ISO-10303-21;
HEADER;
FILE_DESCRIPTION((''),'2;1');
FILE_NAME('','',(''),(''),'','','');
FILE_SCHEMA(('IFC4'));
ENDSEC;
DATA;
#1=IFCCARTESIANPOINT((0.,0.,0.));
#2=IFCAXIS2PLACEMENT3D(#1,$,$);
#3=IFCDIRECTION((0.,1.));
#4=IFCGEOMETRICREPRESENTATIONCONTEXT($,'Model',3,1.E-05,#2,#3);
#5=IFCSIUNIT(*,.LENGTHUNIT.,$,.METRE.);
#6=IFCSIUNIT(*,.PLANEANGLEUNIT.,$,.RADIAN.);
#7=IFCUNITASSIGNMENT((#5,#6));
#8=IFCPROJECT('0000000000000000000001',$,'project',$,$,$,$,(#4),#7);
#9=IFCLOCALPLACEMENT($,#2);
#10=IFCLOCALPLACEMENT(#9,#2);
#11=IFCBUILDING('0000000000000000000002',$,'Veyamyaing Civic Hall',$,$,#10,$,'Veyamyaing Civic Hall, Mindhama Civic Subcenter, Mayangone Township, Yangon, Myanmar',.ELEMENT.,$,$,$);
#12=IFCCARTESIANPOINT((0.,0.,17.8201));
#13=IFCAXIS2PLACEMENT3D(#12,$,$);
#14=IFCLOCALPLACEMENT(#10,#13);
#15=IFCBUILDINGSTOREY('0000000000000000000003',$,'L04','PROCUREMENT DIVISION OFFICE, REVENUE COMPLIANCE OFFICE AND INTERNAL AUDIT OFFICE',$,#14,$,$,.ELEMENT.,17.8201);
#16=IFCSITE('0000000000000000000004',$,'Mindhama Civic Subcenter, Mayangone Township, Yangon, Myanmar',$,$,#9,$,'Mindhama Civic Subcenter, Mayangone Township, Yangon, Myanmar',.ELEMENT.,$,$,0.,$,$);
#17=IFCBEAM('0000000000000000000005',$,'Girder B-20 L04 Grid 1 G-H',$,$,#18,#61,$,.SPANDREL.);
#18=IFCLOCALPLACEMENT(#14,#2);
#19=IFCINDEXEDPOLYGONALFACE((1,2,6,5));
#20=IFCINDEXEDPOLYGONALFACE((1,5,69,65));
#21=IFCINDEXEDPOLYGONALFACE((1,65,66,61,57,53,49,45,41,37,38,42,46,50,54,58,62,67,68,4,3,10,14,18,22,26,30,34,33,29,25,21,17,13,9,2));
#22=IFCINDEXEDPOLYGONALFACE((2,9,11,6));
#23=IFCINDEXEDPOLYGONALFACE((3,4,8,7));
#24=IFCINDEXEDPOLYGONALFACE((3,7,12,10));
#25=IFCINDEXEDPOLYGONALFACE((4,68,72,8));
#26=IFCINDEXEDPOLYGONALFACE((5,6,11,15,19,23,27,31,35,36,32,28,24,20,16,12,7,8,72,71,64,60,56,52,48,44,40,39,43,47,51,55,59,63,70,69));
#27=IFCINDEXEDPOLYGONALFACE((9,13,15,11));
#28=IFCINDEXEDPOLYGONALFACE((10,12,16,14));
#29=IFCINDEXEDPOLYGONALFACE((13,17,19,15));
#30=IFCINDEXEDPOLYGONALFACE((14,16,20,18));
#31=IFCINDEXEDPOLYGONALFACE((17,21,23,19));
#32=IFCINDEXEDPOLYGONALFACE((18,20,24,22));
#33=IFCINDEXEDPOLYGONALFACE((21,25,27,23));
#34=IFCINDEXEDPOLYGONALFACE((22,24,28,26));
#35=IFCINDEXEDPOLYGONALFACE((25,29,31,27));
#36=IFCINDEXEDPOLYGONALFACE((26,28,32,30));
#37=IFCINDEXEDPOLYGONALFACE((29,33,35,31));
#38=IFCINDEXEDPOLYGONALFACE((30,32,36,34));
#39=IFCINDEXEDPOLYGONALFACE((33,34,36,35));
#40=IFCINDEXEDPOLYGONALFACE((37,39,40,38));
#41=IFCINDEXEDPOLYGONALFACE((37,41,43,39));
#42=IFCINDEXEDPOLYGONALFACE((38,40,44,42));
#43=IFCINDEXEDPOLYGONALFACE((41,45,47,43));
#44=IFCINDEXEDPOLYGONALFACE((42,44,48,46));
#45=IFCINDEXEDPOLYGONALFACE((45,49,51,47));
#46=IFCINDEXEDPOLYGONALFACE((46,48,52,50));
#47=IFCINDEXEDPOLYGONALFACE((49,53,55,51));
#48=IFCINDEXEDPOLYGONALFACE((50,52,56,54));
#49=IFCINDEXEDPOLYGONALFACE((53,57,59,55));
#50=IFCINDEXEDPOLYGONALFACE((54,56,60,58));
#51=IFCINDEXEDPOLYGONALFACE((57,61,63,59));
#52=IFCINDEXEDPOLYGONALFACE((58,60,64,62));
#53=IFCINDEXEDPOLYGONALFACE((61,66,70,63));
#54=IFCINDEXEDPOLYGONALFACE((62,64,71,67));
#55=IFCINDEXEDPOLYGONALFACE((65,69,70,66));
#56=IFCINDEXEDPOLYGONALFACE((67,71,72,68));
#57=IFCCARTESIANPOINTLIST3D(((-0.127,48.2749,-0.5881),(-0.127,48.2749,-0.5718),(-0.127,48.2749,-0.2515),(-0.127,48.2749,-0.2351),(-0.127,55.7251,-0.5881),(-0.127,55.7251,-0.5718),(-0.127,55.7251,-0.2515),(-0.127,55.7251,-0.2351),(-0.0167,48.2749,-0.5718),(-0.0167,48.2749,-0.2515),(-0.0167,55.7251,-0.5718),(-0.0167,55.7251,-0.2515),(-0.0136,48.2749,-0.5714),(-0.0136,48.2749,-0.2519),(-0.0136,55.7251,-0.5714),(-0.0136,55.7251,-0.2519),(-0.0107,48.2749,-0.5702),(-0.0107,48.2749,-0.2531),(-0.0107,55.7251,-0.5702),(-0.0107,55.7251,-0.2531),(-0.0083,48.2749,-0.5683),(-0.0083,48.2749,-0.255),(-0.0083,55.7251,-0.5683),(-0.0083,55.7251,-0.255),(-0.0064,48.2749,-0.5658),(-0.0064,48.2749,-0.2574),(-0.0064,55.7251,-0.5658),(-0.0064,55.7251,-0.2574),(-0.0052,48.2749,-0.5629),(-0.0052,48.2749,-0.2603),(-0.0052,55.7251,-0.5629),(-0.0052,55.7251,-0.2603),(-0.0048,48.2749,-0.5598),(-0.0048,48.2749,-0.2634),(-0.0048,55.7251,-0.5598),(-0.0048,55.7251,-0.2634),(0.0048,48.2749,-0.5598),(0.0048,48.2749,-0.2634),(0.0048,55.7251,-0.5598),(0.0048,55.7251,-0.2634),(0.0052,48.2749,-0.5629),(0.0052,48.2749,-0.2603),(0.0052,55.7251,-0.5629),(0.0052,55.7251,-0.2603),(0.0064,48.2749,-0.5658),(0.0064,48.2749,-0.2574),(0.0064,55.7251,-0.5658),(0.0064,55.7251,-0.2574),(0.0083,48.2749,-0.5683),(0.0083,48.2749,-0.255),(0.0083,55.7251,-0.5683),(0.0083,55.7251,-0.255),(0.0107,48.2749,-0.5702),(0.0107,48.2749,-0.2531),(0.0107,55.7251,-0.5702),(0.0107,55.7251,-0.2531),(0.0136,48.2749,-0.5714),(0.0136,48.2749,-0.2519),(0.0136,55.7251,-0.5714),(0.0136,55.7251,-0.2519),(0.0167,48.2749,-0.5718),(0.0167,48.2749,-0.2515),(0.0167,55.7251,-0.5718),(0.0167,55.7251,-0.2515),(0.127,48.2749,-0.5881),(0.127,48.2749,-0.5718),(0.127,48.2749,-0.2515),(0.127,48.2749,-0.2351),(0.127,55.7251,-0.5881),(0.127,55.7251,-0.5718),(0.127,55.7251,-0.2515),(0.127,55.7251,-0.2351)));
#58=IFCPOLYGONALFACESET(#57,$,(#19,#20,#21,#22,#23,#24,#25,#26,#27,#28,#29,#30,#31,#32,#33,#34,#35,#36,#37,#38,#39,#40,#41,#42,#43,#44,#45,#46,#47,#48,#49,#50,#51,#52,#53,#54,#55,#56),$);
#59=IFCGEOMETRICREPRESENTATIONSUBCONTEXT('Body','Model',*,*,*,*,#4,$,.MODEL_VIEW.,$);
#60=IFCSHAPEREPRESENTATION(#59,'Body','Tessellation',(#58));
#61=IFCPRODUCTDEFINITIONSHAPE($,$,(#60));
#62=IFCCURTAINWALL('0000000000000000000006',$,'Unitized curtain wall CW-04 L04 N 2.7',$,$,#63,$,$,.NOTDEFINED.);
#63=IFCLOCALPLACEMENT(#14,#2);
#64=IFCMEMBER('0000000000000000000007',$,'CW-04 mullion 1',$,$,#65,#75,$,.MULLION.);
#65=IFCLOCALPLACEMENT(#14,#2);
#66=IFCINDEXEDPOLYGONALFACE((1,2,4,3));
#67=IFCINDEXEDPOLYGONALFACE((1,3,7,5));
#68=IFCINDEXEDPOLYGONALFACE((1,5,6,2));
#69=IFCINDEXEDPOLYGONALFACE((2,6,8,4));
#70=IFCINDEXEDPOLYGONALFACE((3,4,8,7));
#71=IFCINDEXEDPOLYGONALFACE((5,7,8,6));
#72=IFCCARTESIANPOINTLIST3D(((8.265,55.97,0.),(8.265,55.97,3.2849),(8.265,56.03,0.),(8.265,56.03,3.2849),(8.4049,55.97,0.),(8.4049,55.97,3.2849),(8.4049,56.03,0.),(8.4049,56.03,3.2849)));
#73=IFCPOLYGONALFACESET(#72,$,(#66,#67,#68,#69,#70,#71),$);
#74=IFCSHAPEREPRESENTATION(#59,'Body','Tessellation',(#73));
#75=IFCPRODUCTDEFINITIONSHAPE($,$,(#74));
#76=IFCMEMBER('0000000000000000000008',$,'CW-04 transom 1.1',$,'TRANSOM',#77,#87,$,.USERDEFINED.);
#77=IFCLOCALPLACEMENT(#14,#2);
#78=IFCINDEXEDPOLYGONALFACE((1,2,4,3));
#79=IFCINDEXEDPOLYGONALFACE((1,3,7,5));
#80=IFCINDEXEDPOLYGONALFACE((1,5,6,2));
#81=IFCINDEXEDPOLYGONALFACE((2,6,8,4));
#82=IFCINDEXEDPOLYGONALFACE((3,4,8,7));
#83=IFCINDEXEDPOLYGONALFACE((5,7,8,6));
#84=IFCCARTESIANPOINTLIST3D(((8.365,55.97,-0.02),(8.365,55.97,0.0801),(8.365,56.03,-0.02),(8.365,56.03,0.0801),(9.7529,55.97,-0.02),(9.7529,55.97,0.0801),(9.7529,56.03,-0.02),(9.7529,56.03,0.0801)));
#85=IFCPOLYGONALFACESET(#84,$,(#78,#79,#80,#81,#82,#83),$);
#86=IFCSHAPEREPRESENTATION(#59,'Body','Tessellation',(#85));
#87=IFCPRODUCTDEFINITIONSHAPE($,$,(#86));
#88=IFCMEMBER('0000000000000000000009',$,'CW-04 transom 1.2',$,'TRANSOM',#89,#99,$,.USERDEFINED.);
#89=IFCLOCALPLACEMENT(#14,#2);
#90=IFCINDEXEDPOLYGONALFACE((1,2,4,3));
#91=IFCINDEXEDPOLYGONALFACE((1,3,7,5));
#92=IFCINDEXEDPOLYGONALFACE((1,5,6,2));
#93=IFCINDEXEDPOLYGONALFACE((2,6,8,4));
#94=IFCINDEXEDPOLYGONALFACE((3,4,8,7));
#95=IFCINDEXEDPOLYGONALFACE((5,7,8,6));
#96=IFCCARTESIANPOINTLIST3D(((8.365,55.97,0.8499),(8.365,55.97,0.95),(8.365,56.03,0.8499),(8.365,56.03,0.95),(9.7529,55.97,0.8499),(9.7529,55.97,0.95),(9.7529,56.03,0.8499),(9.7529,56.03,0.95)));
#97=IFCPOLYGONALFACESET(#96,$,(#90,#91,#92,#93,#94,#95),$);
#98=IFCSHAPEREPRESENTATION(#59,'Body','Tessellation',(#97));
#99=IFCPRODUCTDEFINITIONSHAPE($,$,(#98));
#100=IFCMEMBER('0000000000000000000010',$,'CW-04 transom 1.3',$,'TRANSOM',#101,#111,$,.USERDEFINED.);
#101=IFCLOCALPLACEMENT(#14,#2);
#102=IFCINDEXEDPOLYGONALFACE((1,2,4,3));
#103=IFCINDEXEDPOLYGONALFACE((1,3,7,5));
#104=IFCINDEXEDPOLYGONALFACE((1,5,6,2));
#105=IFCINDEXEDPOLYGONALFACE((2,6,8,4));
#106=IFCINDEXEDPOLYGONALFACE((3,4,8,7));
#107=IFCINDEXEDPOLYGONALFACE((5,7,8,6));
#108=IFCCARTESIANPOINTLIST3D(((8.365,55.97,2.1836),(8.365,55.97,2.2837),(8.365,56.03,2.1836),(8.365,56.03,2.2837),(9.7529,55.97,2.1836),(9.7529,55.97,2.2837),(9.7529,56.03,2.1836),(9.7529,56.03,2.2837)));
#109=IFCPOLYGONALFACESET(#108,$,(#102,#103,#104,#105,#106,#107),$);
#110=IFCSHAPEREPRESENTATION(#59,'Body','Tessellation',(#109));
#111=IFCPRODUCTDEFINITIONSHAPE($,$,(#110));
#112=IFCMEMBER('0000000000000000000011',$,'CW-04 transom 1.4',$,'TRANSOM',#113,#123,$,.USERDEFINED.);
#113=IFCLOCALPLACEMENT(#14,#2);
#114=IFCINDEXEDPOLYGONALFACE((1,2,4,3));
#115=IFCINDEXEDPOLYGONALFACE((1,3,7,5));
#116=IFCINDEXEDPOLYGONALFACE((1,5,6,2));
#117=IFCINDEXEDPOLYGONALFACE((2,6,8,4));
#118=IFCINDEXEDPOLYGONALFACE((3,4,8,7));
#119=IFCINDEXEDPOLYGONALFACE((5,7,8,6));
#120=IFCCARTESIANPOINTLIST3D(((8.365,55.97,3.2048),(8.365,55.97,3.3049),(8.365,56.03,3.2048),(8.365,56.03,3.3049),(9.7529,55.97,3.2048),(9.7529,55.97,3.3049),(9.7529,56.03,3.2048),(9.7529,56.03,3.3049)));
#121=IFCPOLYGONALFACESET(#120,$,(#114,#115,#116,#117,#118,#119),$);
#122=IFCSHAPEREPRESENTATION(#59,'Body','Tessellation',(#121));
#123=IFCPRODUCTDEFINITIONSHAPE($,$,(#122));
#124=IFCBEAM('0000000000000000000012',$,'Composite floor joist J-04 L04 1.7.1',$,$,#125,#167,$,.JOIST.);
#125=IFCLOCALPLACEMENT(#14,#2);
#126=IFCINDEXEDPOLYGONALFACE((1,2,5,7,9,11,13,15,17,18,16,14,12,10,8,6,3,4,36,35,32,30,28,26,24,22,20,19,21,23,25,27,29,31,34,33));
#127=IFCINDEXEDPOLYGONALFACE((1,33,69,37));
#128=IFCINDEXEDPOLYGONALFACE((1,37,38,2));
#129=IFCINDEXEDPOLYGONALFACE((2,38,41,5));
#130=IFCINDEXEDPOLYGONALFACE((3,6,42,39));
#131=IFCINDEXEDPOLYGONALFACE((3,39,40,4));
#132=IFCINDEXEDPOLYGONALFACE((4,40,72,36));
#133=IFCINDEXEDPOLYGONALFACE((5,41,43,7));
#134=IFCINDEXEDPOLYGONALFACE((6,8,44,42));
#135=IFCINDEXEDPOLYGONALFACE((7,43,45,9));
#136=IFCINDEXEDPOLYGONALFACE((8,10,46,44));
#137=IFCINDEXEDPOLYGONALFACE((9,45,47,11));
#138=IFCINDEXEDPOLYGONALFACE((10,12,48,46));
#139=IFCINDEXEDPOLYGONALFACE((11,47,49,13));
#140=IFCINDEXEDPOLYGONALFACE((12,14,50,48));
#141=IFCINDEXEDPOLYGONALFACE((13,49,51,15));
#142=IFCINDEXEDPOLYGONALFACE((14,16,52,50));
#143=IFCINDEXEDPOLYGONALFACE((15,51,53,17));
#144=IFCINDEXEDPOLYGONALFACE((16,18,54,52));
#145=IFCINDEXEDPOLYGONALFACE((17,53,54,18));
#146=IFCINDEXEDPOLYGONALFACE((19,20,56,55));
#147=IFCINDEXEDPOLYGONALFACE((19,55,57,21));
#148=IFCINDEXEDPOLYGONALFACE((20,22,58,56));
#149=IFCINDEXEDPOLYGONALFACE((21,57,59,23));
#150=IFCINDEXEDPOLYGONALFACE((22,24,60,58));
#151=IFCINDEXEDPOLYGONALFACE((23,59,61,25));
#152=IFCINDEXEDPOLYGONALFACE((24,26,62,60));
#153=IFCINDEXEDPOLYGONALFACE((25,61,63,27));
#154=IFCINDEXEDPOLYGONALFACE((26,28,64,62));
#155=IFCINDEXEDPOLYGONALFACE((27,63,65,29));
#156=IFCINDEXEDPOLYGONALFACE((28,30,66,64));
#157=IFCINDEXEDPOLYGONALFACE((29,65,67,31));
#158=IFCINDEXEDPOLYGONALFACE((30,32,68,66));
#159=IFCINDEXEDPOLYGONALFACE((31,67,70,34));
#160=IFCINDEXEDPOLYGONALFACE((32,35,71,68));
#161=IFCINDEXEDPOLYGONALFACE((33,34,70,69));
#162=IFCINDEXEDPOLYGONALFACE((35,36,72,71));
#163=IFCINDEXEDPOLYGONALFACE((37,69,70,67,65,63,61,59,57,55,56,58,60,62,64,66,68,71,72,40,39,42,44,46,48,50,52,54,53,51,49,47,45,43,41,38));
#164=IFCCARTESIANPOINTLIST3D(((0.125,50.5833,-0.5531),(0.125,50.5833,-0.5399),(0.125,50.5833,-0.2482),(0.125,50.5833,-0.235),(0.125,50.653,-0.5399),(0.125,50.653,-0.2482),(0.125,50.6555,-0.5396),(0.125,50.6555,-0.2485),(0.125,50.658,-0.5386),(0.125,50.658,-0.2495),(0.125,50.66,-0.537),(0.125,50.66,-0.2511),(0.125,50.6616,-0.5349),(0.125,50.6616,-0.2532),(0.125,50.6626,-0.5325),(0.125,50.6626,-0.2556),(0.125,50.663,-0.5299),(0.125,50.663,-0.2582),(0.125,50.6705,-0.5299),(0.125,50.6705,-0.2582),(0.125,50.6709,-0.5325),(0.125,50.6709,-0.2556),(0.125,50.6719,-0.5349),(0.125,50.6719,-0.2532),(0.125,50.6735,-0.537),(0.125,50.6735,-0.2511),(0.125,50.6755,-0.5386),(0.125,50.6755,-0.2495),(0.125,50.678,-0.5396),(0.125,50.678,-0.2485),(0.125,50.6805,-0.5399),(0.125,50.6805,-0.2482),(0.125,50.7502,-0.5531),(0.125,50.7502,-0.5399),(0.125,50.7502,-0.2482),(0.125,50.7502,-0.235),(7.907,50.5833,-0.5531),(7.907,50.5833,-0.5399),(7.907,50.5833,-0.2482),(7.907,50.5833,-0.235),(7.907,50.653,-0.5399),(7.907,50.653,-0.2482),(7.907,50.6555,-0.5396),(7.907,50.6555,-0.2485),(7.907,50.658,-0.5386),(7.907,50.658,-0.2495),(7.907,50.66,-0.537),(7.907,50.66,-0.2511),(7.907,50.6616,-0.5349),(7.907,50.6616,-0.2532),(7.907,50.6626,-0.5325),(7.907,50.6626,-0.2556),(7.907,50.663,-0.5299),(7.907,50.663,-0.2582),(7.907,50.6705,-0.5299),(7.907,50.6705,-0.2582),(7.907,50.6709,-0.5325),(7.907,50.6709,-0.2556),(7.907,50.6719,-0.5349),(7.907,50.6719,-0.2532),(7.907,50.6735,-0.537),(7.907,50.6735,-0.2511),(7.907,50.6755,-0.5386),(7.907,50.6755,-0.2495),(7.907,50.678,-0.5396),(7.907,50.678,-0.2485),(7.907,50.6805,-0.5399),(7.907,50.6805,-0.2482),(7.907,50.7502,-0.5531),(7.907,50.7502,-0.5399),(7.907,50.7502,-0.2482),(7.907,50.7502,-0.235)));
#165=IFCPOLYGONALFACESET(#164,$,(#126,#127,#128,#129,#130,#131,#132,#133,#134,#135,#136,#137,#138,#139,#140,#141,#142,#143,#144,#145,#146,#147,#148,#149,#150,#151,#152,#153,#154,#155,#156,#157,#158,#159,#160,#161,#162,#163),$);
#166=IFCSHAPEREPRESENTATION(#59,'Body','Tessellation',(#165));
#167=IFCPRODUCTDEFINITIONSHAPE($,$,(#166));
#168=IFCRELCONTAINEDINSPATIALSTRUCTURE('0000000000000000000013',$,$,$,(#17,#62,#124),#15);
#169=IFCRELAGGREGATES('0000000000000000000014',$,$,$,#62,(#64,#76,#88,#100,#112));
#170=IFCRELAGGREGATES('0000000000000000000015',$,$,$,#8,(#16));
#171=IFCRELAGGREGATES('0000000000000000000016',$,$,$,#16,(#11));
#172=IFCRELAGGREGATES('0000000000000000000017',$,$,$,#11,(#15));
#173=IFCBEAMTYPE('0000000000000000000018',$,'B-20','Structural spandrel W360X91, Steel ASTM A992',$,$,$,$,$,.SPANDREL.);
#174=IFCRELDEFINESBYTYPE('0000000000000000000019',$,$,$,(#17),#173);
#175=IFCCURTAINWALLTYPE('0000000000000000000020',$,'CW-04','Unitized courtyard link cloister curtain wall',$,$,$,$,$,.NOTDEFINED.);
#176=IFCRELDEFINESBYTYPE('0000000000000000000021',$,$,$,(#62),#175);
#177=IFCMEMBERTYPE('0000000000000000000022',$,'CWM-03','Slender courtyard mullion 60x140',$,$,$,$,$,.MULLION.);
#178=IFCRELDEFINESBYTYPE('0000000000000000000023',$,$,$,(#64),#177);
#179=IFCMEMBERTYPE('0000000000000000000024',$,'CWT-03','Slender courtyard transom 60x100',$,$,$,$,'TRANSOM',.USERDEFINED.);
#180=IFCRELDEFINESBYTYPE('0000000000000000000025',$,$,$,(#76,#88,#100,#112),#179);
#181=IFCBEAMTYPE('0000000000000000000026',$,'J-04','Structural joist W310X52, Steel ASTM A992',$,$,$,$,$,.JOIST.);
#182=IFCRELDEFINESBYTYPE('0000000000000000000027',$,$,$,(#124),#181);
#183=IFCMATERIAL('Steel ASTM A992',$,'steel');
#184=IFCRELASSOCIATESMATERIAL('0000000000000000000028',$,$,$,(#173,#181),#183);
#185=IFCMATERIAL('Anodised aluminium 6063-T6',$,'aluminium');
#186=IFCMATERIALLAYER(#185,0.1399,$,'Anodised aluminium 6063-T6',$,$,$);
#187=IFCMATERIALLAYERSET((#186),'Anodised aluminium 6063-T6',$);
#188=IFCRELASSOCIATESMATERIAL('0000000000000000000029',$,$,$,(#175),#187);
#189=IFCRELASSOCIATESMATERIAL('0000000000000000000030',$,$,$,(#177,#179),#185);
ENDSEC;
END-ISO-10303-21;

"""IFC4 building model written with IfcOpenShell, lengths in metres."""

from ifc_helpers import new_model, si_unit, direction, frame, origin, origin_2d, place, context, subcontext, project, spatial, rectangle, i_section, extrude, material, layer, layer_set, material_profile, profile_set, type_object, element, aggregate, save


model = new_model("IFC4")

# Units and contexts
model_context = context("Model", 3, precision=1e-05, world=origin(), true_north=direction((0.0, 1.0)))
body_context = subcontext(model_context, "Body", "Model", "MODEL_VIEW")
ifc_project = project(units=[si_unit("LENGTHUNIT", "METRE"), si_unit("PLANEANGLEUNIT", "RADIAN")], contexts=[model_context])

# Site, building, storey
site_placement = place(None, origin())
site = spatial("IfcSite", under=ifc_project, at=site_placement, Name="Mindhama Civic Subcenter, Mayangone Township, Yangon, Myanmar", LongName="Mindhama Civic Subcenter, Mayangone Township, Yangon, Myanmar", CompositionType="ELEMENT", RefElevation=0.0)
building_placement = place(site_placement, origin())
building = spatial("IfcBuilding", under=site, at=building_placement, Name="Veyamyaing Civic Hall", LongName="Veyamyaing Civic Hall, Mindhama Civic Subcenter, Mayangone Township, Yangon, Myanmar", CompositionType="ELEMENT")
storey_placement = place(building_placement, frame((0.0, 0.0, 17.8201)))
storey = spatial("IfcBuildingStorey", under=building, at=storey_placement, Name="L04", Description="PROCUREMENT DIVISION OFFICE, REVENUE COMPLIANCE OFFICE AND INTERNAL AUDIT OFFICE", CompositionType="ELEMENT", Elevation=17.8201)

# Beam
ifc_material_1 = material(Name="Steel ASTM A992", Category="steel")
ifc_material_profile_1 = material_profile(ifc_material_1, i_section(OverallWidth=0.2539, OverallDepth=0.353, WebThickness=0.0095, FlangeThickness=0.0164, FilletRadius=0.012, at=origin_2d()), Name="W360X91")
ifc_profile_set_1 = profile_set([ifc_material_profile_1], Name="Steel ASTM A992")
beam_type_1 = type_object("IfcBeamType", Name="B-20", Description="Structural spandrel W360X91, Steel ASTM A992", PredefinedType="SPANDREL", material=ifc_profile_set_1)
beam_1_placement = place(storey_placement, frame((0.0, 48.2749, -0.4116), z_axis=(0.0, 1.0, 0.0), x_axis=(-1.0, 0.0, 0.0)))
element("IfcBeam", 1, at=beam_1_placement, inside=storey, type_object=beam_type_1, Name="Girder B-20 L04 Grid 1 G-H", PredefinedType="SPANDREL", context=body_context, shape_type="SweptSolid", body=[
    extrude(i_section(OverallWidth=0.2539, OverallDepth=0.353, WebThickness=0.0095, FlangeThickness=0.0164, FilletRadius=0.012, at=origin_2d()), origin(), (0.0, 0.0, 1.0), 7.4502),
])

# Curtain wall, members
ifc_material_2 = material(Name="Anodised aluminium 6063-T6", Category="aluminium")
ifc_layer_1 = layer(ifc_material_2, 0.1399, Name="Anodised aluminium 6063-T6")
ifc_layer_set_1 = layer_set([ifc_layer_1], Name="Anodised aluminium 6063-T6")
curtain_wall_type = type_object("IfcCurtainWallType", Name="CW-04", Description="Unitized courtyard link cloister curtain wall", PredefinedType="NOTDEFINED", material=ifc_layer_set_1)
curtain_wall_placement = place(storey_placement, origin())
curtain_wall = element("IfcCurtainWall", 2, at=curtain_wall_placement, inside=storey, type_object=curtain_wall_type, Name="Unitized curtain wall CW-04 L04 N 2.7", PredefinedType="NOTDEFINED")
ifc_material_profile_2 = material_profile(ifc_material_2, rectangle(XDim=0.0601, YDim=0.1399, at=origin_2d()), Name="ALU-MUL-60X140")
ifc_profile_set_2 = profile_set([ifc_material_profile_2], Name="Anodised aluminium 6063-T6")
member_type_1 = type_object("IfcMemberType", Name="CWM-03", Description="Slender courtyard mullion 60x140", PredefinedType="MULLION", material=ifc_profile_set_2)
member_1_placement = place(storey_placement, frame((8.335, 56.0, 0.0), z_axis=(0.0, 0.0, 1.0), x_axis=(0.0, 1.0, 0.0)))
member_1 = element("IfcMember", 3, at=member_1_placement, type_object=member_type_1, Name="CW-04 mullion 1", PredefinedType="MULLION", context=body_context, shape_type="SweptSolid", body=[
    extrude(rectangle(XDim=0.0601, YDim=0.1399, at=origin_2d()), origin(), (0.0, 0.0, 1.0), 3.2849),
])
ifc_material_profile_3 = material_profile(ifc_material_2, rectangle(XDim=0.0601, YDim=0.1001, at=origin_2d()), Name="ALU-TRN-60X100")
ifc_profile_set_3 = profile_set([ifc_material_profile_3], Name="Anodised aluminium 6063-T6")
member_type_2 = type_object("IfcMemberType", Name="CWT-03", Description="Slender courtyard transom 60x100", ElementType="TRANSOM", PredefinedType="USERDEFINED", material=ifc_profile_set_3)
member_2_placement = place(storey_placement, frame((8.365, 56.0, 0.03), z_axis=(1.0, 0.0, 0.0), x_axis=(0.0, 1.0, 0.0)))
member_2 = element("IfcMember", 4, at=member_2_placement, type_object=member_type_2, Name="CW-04 transom 1.1", ObjectType="TRANSOM", PredefinedType="USERDEFINED", context=body_context, shape_type="SweptSolid", body=[
    extrude(rectangle(XDim=0.0601, YDim=0.1001, at=origin_2d()), origin(), (0.0, 0.0, 1.0), 1.3879),
])
member_3_placement = place(storey_placement, frame((8.365, 56.0, 0.8999), z_axis=(1.0, 0.0, 0.0), x_axis=(0.0, 1.0, 0.0)))
member_3 = element("IfcMember", 5, at=member_3_placement, type_object=member_type_2, Name="CW-04 transom 1.2", ObjectType="TRANSOM", PredefinedType="USERDEFINED", context=body_context, shape_type="SweptSolid", body=[
    extrude(rectangle(XDim=0.0601, YDim=0.1001, at=origin_2d()), origin(), (0.0, 0.0, 1.0), 1.3879),
])
member_4_placement = place(storey_placement, frame((8.365, 56.0, 2.2336), z_axis=(1.0, 0.0, 0.0), x_axis=(0.0, 1.0, 0.0)))
member_4 = element("IfcMember", 6, at=member_4_placement, type_object=member_type_2, Name="CW-04 transom 1.3", ObjectType="TRANSOM", PredefinedType="USERDEFINED", context=body_context, shape_type="SweptSolid", body=[
    extrude(rectangle(XDim=0.0601, YDim=0.1001, at=origin_2d()), origin(), (0.0, 0.0, 1.0), 1.3879),
])
member_5_placement = place(storey_placement, frame((8.365, 56.0, 3.2549), z_axis=(1.0, 0.0, 0.0), x_axis=(0.0, 1.0, 0.0)))
member_5 = element("IfcMember", 7, at=member_5_placement, type_object=member_type_2, Name="CW-04 transom 1.4", ObjectType="TRANSOM", PredefinedType="USERDEFINED", context=body_context, shape_type="SweptSolid", body=[
    extrude(rectangle(XDim=0.0601, YDim=0.1001, at=origin_2d()), origin(), (0.0, 0.0, 1.0), 1.3879),
])

# Beam
ifc_material_profile_4 = material_profile(ifc_material_1, i_section(OverallWidth=0.167, OverallDepth=0.3181, WebThickness=0.0076, FlangeThickness=0.0132, FilletRadius=0.01, at=origin_2d()), Name="W310X52")
ifc_profile_set_4 = profile_set([ifc_material_profile_4], Name="Steel ASTM A992")
beam_type_2 = type_object("IfcBeamType", Name="J-04", Description="Structural joist W310X52, Steel ASTM A992", PredefinedType="JOIST", material=ifc_profile_set_4)
for number, where, z_axis, x_axis, name in (
    (8, (0.125, 50.6667, -0.394), (1.0, 0.0, 0.0), (0.0, 1.0, 0.0), "Composite floor joist J-04 L04 1.7.1"),
):
    element("IfcBeam", number, at=place(storey_placement, frame(where, z_axis=z_axis, x_axis=x_axis)), inside=storey, type_object=beam_type_2, Name=name, PredefinedType="JOIST", context=body_context, shape_type="SweptSolid", body=[
        extrude(i_section(OverallWidth=0.167, OverallDepth=0.3181, WebThickness=0.0076, FlangeThickness=0.0132, FilletRadius=0.01, at=origin_2d()), origin(), (0.0, 0.0, 1.0), 7.782),
    ])

aggregate(curtain_wall, [member_1, member_2, member_3, member_4, member_5])

save(model, "model.ifc")
